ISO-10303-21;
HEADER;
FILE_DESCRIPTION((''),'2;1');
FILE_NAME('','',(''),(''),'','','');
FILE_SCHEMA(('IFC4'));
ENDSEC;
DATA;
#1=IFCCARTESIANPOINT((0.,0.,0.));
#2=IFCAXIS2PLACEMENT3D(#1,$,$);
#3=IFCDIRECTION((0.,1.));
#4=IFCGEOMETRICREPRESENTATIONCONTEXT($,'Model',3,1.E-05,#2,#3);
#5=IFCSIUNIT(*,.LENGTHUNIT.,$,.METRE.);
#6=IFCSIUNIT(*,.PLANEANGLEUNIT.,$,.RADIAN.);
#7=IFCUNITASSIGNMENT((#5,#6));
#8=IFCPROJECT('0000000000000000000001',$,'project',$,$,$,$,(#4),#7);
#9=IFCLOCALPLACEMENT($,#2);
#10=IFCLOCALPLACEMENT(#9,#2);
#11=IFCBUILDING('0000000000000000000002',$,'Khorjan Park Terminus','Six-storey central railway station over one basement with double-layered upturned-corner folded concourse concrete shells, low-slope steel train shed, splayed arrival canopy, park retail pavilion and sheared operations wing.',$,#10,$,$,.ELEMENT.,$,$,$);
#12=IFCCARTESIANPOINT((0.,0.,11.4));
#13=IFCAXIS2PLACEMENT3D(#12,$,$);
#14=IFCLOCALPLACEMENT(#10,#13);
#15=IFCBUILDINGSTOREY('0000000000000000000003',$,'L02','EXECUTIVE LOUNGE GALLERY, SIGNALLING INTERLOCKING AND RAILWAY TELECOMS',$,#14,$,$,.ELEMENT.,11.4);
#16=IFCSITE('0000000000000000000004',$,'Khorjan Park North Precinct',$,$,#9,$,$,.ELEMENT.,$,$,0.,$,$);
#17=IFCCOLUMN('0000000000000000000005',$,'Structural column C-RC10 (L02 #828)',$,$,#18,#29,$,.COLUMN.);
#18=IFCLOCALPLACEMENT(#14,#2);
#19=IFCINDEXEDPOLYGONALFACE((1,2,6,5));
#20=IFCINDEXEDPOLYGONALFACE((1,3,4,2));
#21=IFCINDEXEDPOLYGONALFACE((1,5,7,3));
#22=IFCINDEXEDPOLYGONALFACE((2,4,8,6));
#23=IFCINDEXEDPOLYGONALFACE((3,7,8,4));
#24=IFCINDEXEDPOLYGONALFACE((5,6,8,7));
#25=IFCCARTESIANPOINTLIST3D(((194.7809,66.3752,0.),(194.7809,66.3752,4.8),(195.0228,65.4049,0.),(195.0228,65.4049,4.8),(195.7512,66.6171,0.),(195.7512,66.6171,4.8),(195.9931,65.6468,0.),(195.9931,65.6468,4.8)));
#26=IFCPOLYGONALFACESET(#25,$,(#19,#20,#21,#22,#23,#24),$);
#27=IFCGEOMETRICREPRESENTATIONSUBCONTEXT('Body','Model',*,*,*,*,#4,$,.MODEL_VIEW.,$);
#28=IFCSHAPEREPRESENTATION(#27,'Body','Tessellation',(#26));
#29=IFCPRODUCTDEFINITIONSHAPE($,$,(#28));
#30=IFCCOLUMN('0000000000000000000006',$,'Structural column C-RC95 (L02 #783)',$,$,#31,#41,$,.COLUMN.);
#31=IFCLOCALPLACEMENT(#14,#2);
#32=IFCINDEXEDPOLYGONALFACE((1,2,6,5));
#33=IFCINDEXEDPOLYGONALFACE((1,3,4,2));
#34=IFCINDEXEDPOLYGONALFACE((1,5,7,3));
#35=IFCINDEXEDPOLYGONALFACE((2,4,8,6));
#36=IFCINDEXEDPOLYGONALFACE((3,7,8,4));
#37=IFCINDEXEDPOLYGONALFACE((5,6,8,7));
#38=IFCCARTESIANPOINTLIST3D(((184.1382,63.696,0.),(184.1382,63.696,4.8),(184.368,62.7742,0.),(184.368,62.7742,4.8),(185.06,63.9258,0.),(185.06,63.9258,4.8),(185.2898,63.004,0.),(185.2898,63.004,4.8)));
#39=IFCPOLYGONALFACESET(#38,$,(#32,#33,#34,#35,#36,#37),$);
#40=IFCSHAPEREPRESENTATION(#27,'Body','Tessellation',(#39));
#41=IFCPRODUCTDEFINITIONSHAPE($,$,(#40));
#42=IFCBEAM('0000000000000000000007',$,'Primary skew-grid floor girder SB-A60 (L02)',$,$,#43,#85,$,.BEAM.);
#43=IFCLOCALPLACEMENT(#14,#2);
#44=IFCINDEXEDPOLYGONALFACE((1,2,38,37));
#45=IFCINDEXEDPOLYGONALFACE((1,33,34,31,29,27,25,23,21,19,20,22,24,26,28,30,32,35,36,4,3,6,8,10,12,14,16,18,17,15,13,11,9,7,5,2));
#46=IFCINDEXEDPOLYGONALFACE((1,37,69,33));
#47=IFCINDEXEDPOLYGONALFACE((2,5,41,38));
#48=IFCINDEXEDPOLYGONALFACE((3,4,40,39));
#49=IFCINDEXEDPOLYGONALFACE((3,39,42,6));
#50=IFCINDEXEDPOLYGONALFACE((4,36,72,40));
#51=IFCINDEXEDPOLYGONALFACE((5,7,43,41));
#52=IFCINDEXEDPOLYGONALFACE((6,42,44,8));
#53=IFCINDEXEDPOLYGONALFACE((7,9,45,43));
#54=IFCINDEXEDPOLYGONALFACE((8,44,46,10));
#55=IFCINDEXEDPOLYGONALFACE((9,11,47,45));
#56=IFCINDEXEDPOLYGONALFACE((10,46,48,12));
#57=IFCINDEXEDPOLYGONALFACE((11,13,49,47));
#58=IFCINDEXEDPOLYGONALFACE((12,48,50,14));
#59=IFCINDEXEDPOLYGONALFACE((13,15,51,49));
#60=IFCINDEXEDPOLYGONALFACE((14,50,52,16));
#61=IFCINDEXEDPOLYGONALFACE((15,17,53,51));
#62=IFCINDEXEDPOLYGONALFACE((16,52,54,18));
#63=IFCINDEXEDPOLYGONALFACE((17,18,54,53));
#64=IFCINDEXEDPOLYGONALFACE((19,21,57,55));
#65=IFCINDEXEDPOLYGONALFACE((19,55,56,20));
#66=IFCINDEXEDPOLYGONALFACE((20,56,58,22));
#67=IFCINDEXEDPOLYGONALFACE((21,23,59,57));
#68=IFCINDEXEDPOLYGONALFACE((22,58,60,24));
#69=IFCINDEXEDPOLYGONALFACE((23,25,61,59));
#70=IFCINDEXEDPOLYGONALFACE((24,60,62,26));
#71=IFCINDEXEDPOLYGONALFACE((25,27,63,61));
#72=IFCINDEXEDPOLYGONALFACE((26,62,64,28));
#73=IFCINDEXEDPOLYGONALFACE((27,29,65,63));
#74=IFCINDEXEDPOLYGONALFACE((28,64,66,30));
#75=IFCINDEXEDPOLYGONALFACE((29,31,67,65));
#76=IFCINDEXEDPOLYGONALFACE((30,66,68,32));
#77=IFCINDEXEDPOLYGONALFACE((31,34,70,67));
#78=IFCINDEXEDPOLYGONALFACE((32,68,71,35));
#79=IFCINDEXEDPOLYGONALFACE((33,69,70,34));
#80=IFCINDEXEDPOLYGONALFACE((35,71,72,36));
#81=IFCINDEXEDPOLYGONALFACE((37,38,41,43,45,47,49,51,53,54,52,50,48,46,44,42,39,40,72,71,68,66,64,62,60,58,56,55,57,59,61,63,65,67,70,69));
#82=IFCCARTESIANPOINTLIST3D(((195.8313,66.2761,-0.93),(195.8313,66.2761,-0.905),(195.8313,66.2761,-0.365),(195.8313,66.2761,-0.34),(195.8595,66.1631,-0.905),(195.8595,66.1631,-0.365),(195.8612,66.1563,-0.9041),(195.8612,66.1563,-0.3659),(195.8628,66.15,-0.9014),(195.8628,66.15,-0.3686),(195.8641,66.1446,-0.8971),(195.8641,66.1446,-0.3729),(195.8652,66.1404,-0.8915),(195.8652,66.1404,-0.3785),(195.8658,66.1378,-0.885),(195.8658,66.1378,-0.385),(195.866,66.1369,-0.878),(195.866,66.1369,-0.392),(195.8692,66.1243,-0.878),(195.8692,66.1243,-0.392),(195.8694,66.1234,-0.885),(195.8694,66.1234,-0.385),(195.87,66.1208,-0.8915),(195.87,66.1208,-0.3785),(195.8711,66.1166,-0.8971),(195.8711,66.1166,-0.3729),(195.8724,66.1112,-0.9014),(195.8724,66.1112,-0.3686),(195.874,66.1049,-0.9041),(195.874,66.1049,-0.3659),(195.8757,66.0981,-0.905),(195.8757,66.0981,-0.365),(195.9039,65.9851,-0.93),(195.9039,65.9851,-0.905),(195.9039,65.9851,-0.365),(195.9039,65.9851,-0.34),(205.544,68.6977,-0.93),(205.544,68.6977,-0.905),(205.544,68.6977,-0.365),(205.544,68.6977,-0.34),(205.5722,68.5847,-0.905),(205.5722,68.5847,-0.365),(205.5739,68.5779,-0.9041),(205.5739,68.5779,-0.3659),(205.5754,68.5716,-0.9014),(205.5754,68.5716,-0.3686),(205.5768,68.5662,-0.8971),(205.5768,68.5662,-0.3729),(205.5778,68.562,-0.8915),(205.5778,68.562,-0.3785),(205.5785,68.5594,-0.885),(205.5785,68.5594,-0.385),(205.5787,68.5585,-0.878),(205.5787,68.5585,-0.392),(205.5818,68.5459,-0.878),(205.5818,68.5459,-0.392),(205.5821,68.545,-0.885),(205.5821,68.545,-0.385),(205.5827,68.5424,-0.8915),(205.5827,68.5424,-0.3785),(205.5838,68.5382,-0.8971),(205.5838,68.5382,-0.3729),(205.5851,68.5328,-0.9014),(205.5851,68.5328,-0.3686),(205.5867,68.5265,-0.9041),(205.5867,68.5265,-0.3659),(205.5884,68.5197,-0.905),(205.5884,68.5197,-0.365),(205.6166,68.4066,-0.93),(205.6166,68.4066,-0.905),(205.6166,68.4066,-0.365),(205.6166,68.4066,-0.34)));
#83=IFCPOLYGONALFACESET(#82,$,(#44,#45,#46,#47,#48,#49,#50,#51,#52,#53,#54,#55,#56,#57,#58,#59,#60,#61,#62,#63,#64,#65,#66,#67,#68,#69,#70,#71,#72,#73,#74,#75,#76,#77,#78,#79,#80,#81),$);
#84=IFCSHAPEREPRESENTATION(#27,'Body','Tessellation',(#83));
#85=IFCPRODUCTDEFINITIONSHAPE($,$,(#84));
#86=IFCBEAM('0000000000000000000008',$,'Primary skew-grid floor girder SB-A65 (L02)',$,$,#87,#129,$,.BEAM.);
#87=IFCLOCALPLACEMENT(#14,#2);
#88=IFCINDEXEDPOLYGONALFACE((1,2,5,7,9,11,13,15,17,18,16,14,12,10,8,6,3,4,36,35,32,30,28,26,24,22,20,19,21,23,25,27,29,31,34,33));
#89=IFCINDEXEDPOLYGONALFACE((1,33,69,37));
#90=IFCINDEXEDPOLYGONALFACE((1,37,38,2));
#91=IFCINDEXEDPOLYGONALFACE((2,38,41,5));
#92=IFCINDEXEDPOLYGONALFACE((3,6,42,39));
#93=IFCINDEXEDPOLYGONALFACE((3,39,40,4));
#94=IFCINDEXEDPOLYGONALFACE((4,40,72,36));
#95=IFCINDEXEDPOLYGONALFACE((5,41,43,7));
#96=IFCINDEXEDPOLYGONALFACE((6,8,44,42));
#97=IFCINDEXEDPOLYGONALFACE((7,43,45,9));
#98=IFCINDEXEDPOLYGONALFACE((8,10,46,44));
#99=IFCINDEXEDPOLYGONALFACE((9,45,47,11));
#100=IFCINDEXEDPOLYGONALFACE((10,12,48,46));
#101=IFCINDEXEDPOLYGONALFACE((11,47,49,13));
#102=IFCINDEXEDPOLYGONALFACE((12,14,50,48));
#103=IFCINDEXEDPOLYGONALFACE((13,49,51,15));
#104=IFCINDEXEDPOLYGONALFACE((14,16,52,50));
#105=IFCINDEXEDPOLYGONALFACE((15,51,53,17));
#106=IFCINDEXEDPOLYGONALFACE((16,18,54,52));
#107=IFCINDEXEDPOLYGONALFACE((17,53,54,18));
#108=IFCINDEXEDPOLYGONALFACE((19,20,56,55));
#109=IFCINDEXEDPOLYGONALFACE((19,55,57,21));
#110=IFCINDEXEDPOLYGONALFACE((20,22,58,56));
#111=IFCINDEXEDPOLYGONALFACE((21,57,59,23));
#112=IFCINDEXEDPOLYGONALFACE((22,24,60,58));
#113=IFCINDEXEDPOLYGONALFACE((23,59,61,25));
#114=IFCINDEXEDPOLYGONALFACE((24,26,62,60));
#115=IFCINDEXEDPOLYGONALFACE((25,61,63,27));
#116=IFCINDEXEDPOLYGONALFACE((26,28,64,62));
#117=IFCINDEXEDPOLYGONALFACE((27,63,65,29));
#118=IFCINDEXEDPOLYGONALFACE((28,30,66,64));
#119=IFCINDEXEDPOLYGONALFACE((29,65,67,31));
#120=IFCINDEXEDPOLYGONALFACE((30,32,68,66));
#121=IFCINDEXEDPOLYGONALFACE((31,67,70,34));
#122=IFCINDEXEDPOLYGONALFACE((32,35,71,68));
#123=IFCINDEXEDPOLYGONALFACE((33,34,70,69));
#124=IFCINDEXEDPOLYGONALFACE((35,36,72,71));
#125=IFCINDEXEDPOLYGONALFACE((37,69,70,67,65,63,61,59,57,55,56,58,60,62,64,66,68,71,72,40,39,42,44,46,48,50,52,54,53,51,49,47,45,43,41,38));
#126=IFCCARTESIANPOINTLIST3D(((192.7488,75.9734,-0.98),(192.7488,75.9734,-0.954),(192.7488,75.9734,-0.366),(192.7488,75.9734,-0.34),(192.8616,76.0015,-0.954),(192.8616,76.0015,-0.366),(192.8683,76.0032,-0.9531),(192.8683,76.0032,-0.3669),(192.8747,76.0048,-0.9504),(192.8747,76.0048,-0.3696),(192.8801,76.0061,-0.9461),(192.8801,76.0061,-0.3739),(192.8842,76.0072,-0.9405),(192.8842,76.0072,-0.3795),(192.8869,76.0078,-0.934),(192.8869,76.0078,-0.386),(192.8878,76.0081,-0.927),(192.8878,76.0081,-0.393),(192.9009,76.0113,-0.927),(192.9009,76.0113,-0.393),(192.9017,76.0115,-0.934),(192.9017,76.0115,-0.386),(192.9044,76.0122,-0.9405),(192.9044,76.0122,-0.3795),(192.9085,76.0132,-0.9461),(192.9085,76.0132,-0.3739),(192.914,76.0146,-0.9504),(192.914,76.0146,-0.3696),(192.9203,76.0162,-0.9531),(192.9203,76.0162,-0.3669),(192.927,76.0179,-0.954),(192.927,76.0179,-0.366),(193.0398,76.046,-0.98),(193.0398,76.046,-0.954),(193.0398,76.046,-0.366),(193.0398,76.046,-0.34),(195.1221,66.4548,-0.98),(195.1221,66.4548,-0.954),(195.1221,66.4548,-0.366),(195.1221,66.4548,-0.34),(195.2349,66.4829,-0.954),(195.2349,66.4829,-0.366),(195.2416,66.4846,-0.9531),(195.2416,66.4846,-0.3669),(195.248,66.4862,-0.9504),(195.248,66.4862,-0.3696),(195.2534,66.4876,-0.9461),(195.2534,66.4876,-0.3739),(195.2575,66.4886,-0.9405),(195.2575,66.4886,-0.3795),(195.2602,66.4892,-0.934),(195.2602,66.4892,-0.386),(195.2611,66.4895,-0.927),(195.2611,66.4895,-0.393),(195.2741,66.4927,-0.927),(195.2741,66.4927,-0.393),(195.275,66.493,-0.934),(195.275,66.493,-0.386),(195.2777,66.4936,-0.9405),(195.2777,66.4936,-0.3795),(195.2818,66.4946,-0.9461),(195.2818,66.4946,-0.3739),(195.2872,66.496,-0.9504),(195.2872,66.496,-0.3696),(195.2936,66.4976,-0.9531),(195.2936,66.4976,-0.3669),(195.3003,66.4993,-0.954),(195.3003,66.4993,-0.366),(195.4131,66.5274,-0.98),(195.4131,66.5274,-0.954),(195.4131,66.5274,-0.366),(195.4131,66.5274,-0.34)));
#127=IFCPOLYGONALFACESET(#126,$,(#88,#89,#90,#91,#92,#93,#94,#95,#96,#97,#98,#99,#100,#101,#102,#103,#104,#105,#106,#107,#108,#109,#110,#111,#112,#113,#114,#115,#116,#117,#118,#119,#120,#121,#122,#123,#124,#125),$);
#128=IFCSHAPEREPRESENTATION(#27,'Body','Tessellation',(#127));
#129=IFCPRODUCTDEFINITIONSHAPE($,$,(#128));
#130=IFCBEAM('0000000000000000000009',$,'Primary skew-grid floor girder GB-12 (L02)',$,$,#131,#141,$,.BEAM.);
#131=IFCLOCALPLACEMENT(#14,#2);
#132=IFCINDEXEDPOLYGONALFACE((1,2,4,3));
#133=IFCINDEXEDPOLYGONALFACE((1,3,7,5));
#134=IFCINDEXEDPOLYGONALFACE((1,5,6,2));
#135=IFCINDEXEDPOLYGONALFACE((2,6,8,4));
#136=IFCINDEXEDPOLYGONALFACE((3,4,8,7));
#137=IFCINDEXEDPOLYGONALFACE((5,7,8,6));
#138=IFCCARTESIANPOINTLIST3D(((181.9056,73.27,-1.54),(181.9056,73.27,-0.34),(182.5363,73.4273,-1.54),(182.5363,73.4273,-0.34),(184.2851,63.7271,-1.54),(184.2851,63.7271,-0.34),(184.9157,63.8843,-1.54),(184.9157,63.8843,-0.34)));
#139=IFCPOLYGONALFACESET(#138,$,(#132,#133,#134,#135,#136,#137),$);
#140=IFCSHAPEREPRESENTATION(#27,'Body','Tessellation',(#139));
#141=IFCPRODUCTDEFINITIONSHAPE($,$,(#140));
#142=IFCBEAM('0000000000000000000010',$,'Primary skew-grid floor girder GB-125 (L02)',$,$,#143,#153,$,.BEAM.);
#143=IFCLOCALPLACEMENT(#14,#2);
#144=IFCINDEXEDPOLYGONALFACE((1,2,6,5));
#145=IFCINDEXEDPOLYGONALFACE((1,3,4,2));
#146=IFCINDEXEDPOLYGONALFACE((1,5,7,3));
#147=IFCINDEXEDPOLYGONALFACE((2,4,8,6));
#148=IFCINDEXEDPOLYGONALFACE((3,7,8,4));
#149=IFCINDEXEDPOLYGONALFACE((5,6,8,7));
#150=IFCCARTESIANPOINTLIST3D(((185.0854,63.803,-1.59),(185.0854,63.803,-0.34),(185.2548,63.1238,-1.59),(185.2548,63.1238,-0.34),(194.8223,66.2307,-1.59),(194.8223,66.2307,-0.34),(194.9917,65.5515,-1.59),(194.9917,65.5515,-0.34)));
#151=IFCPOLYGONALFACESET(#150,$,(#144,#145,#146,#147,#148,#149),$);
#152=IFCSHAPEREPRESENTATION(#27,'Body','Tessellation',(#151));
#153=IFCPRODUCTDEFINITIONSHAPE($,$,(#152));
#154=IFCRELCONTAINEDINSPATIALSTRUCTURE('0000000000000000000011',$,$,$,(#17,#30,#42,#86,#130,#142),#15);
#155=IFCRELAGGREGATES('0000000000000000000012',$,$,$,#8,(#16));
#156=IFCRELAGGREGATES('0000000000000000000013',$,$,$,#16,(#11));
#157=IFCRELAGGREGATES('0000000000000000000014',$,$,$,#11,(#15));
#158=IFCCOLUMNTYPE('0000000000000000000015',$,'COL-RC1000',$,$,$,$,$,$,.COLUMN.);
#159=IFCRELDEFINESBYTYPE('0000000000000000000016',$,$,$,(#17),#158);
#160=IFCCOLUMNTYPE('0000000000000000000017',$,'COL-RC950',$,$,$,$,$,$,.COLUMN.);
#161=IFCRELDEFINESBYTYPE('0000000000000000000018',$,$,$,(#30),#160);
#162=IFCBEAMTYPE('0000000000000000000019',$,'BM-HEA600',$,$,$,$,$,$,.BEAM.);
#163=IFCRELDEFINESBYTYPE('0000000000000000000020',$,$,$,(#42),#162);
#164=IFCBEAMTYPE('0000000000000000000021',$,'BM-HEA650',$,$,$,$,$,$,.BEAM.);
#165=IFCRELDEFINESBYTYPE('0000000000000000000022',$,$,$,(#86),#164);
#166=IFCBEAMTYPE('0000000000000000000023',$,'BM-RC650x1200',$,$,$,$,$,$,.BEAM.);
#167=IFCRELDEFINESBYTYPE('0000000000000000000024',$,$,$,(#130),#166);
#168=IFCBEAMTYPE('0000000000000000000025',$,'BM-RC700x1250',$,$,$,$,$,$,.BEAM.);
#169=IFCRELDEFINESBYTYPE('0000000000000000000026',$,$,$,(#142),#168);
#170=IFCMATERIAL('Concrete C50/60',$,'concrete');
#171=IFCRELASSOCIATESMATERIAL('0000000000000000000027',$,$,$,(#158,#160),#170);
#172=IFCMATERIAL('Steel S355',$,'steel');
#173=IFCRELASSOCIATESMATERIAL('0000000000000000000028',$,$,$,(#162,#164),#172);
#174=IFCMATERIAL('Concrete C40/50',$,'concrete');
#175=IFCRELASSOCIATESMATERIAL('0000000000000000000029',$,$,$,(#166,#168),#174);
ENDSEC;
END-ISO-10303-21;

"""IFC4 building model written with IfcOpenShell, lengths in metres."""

from ifc_helpers import new_model, si_unit, direction, frame, origin, origin_2d, place, context, subcontext, project, spatial, rectangle, i_section, extrude, material, material_profile, profile_set, type_object, element, save


model = new_model("IFC4")

# Units and contexts
model_context = context("Model", 3, precision=1e-05, world=origin(), true_north=direction((0.0, 1.0)))
body_context = subcontext(model_context, "Body", "Model", "MODEL_VIEW")
ifc_project = project(units=[si_unit("LENGTHUNIT", "METRE"), si_unit("PLANEANGLEUNIT", "RADIAN")], contexts=[model_context])

# Site, building, storey
site_placement = place(None, origin())
site = spatial("IfcSite", under=ifc_project, at=site_placement, Name="Khorjan Park North Precinct", CompositionType="ELEMENT", RefElevation=0.0)
building_placement = place(site_placement, origin())
building = spatial("IfcBuilding", under=site, at=building_placement, Name="Khorjan Park Terminus", Description="Six-storey central railway station over one basement with double-layered upturned-corner folded concourse concrete shells, low-slope steel train shed, splayed arrival canopy, park retail pavilion and sheared operations wing.", CompositionType="ELEMENT")
storey_placement = place(building_placement, frame((0.0, 0.0, 11.4)))
storey = spatial("IfcBuildingStorey", under=building, at=storey_placement, Name="L02", Description="EXECUTIVE LOUNGE GALLERY, SIGNALLING INTERLOCKING AND RAILWAY TELECOMS", CompositionType="ELEMENT", Elevation=11.4)

# Columns
ifc_material_1 = material(Name="Concrete C50/60", Category="concrete")
ifc_material_profile_1 = material_profile(ifc_material_1, rectangle(XDim=1.0, YDim=1.0, at=origin_2d()), Name="RC 1000x1000")
ifc_profile_set_1 = profile_set([ifc_material_profile_1], Name="Concrete C50/60")
column_type_1 = type_object("IfcColumnType", Name="COL-RC1000", PredefinedType="COLUMN", material=ifc_profile_set_1)
column_1_placement = place(storey_placement, frame((195.387, 66.011, 0.0), z_axis=(0.0, 0.0, 1.0), x_axis=(0.970296, 0.241922, 0.0)))
element("IfcColumn", 1, at=column_1_placement, inside=storey, type_object=column_type_1, Name="Structural column C-RC10 (L02 #828)", PredefinedType="COLUMN", context=body_context, shape_type="SweptSolid", body=[
    extrude(rectangle(XDim=1.0, YDim=1.0, at=origin_2d()), origin(), (0.0, 0.0, 1.0), 4.8),
])
ifc_material_profile_2 = material_profile(ifc_material_1, rectangle(XDim=0.95, YDim=0.95, at=origin_2d()), Name="RC 950x950")
ifc_profile_set_2 = profile_set([ifc_material_profile_2], Name="Concrete C50/60")
column_type_2 = type_object("IfcColumnType", Name="COL-RC950", PredefinedType="COLUMN", material=ifc_profile_set_2)
column_2_placement = place(storey_placement, frame((184.714, 63.35, 0.0), z_axis=(0.0, 0.0, 1.0), x_axis=(0.970296, 0.241922, 0.0)))
element("IfcColumn", 2, at=column_2_placement, inside=storey, type_object=column_type_2, Name="Structural column C-RC95 (L02 #783)", PredefinedType="COLUMN", context=body_context, shape_type="SweptSolid", body=[
    extrude(rectangle(XDim=0.95, YDim=0.95, at=origin_2d()), origin(), (0.0, 0.0, 1.0), 4.8),
])

# Beams
ifc_material_2 = material(Name="Steel S355", Category="steel")
ifc_material_profile_3 = material_profile(ifc_material_2, i_section(OverallWidth=0.3, OverallDepth=0.59, WebThickness=0.013, FlangeThickness=0.025, FilletRadius=0.027, at=origin_2d()), Name="HEA 600")
ifc_profile_set_3 = profile_set([ifc_material_profile_3], Name="Steel S355")
beam_type_1 = type_object("IfcBeamType", Name="BM-HEA600", PredefinedType="BEAM", material=ifc_profile_set_3)
beam_1_placement = place(storey_placement, frame((195.8676, 66.1306, -0.635), z_axis=(0.970297, 0.241917, 0.0), x_axis=(-0.241917, 0.970297, 0.0)))
element("IfcBeam", 3, at=beam_1_placement, inside=storey, type_object=beam_type_1, Name="Primary skew-grid floor girder SB-A60 (L02)", PredefinedType="BEAM", context=body_context, shape_type="SweptSolid", body=[
    extrude(i_section(OverallWidth=0.3, OverallDepth=0.59, WebThickness=0.013, FlangeThickness=0.025, FilletRadius=0.027, at=origin_2d()), origin(), (0.0, 0.0, 1.0), 10.01),
])
ifc_material_profile_4 = material_profile(ifc_material_2, i_section(OverallWidth=0.3, OverallDepth=0.64, WebThickness=0.0135, FlangeThickness=0.026, FilletRadius=0.027, at=origin_2d()), Name="HEA 650")
ifc_profile_set_4 = profile_set([ifc_material_profile_4], Name="Steel S355")
beam_type_2 = type_object("IfcBeamType", Name="BM-HEA650", PredefinedType="BEAM", material=ifc_profile_set_4)
beam_2_placement = place(storey_placement, frame((195.2676, 66.4911, -0.66), z_axis=(-0.241926, 0.970295, 0.0), x_axis=(-0.970295, -0.241926, 0.0)))
element("IfcBeam", 4, at=beam_2_placement, inside=storey, type_object=beam_type_2, Name="Primary skew-grid floor girder SB-A65 (L02)", PredefinedType="BEAM", context=body_context, shape_type="SweptSolid", body=[
    extrude(i_section(OverallWidth=0.3, OverallDepth=0.64, WebThickness=0.0135, FlangeThickness=0.026, FilletRadius=0.027, at=origin_2d()), origin(), (0.0, 0.0, 1.0), 9.81),
])
ifc_material_3 = material(Name="Concrete C40/50", Category="concrete")
ifc_material_profile_5 = material_profile(ifc_material_3, rectangle(XDim=0.65, YDim=1.2, at=origin_2d()), Name="RC 650x1200")
ifc_profile_set_5 = profile_set([ifc_material_profile_5], Name="Concrete C40/50")
beam_type_3 = type_object("IfcBeamType", Name="BM-RC650x1200", PredefinedType="BEAM", material=ifc_profile_set_5)
beam_3_placement = place(storey_placement, frame((184.6004, 63.8057, -0.94), z_axis=(-0.24193, 0.970294, 0.0), x_axis=(-0.970294, -0.24193, 0.0)))
element("IfcBeam", 5, at=beam_3_placement, inside=storey, type_object=beam_type_3, Name="Primary skew-grid floor girder GB-12 (L02)", PredefinedType="BEAM", context=body_context, shape_type="SweptSolid", body=[
    extrude(rectangle(XDim=0.65, YDim=1.2, at=origin_2d()), origin(), (0.0, 0.0, 1.0), 9.8351),
])
ifc_material_profile_6 = material_profile(ifc_material_3, rectangle(XDim=0.7, YDim=1.25, at=origin_2d()), Name="RC 700x1250")
ifc_profile_set_6 = profile_set([ifc_material_profile_6], Name="Concrete C40/50")
beam_type_4 = type_object("IfcBeamType", Name="BM-RC700x1250", PredefinedType="BEAM", material=ifc_profile_set_6)
beam_4_placement = place(storey_placement, frame((185.1701, 63.4634, -0.965), z_axis=(0.970295, 0.241924, 0.0), x_axis=(-0.241924, 0.970295, 0.0)))
element("IfcBeam", 6, at=beam_4_placement, inside=storey, type_object=beam_type_4, Name="Primary skew-grid floor girder GB-125 (L02)", PredefinedType="BEAM", context=body_context, shape_type="SweptSolid", body=[
    extrude(rectangle(XDim=0.7, YDim=1.25, at=origin_2d()), origin(), (0.0, 0.0, 1.0), 10.035),
])

save(model, "model.ifc")
